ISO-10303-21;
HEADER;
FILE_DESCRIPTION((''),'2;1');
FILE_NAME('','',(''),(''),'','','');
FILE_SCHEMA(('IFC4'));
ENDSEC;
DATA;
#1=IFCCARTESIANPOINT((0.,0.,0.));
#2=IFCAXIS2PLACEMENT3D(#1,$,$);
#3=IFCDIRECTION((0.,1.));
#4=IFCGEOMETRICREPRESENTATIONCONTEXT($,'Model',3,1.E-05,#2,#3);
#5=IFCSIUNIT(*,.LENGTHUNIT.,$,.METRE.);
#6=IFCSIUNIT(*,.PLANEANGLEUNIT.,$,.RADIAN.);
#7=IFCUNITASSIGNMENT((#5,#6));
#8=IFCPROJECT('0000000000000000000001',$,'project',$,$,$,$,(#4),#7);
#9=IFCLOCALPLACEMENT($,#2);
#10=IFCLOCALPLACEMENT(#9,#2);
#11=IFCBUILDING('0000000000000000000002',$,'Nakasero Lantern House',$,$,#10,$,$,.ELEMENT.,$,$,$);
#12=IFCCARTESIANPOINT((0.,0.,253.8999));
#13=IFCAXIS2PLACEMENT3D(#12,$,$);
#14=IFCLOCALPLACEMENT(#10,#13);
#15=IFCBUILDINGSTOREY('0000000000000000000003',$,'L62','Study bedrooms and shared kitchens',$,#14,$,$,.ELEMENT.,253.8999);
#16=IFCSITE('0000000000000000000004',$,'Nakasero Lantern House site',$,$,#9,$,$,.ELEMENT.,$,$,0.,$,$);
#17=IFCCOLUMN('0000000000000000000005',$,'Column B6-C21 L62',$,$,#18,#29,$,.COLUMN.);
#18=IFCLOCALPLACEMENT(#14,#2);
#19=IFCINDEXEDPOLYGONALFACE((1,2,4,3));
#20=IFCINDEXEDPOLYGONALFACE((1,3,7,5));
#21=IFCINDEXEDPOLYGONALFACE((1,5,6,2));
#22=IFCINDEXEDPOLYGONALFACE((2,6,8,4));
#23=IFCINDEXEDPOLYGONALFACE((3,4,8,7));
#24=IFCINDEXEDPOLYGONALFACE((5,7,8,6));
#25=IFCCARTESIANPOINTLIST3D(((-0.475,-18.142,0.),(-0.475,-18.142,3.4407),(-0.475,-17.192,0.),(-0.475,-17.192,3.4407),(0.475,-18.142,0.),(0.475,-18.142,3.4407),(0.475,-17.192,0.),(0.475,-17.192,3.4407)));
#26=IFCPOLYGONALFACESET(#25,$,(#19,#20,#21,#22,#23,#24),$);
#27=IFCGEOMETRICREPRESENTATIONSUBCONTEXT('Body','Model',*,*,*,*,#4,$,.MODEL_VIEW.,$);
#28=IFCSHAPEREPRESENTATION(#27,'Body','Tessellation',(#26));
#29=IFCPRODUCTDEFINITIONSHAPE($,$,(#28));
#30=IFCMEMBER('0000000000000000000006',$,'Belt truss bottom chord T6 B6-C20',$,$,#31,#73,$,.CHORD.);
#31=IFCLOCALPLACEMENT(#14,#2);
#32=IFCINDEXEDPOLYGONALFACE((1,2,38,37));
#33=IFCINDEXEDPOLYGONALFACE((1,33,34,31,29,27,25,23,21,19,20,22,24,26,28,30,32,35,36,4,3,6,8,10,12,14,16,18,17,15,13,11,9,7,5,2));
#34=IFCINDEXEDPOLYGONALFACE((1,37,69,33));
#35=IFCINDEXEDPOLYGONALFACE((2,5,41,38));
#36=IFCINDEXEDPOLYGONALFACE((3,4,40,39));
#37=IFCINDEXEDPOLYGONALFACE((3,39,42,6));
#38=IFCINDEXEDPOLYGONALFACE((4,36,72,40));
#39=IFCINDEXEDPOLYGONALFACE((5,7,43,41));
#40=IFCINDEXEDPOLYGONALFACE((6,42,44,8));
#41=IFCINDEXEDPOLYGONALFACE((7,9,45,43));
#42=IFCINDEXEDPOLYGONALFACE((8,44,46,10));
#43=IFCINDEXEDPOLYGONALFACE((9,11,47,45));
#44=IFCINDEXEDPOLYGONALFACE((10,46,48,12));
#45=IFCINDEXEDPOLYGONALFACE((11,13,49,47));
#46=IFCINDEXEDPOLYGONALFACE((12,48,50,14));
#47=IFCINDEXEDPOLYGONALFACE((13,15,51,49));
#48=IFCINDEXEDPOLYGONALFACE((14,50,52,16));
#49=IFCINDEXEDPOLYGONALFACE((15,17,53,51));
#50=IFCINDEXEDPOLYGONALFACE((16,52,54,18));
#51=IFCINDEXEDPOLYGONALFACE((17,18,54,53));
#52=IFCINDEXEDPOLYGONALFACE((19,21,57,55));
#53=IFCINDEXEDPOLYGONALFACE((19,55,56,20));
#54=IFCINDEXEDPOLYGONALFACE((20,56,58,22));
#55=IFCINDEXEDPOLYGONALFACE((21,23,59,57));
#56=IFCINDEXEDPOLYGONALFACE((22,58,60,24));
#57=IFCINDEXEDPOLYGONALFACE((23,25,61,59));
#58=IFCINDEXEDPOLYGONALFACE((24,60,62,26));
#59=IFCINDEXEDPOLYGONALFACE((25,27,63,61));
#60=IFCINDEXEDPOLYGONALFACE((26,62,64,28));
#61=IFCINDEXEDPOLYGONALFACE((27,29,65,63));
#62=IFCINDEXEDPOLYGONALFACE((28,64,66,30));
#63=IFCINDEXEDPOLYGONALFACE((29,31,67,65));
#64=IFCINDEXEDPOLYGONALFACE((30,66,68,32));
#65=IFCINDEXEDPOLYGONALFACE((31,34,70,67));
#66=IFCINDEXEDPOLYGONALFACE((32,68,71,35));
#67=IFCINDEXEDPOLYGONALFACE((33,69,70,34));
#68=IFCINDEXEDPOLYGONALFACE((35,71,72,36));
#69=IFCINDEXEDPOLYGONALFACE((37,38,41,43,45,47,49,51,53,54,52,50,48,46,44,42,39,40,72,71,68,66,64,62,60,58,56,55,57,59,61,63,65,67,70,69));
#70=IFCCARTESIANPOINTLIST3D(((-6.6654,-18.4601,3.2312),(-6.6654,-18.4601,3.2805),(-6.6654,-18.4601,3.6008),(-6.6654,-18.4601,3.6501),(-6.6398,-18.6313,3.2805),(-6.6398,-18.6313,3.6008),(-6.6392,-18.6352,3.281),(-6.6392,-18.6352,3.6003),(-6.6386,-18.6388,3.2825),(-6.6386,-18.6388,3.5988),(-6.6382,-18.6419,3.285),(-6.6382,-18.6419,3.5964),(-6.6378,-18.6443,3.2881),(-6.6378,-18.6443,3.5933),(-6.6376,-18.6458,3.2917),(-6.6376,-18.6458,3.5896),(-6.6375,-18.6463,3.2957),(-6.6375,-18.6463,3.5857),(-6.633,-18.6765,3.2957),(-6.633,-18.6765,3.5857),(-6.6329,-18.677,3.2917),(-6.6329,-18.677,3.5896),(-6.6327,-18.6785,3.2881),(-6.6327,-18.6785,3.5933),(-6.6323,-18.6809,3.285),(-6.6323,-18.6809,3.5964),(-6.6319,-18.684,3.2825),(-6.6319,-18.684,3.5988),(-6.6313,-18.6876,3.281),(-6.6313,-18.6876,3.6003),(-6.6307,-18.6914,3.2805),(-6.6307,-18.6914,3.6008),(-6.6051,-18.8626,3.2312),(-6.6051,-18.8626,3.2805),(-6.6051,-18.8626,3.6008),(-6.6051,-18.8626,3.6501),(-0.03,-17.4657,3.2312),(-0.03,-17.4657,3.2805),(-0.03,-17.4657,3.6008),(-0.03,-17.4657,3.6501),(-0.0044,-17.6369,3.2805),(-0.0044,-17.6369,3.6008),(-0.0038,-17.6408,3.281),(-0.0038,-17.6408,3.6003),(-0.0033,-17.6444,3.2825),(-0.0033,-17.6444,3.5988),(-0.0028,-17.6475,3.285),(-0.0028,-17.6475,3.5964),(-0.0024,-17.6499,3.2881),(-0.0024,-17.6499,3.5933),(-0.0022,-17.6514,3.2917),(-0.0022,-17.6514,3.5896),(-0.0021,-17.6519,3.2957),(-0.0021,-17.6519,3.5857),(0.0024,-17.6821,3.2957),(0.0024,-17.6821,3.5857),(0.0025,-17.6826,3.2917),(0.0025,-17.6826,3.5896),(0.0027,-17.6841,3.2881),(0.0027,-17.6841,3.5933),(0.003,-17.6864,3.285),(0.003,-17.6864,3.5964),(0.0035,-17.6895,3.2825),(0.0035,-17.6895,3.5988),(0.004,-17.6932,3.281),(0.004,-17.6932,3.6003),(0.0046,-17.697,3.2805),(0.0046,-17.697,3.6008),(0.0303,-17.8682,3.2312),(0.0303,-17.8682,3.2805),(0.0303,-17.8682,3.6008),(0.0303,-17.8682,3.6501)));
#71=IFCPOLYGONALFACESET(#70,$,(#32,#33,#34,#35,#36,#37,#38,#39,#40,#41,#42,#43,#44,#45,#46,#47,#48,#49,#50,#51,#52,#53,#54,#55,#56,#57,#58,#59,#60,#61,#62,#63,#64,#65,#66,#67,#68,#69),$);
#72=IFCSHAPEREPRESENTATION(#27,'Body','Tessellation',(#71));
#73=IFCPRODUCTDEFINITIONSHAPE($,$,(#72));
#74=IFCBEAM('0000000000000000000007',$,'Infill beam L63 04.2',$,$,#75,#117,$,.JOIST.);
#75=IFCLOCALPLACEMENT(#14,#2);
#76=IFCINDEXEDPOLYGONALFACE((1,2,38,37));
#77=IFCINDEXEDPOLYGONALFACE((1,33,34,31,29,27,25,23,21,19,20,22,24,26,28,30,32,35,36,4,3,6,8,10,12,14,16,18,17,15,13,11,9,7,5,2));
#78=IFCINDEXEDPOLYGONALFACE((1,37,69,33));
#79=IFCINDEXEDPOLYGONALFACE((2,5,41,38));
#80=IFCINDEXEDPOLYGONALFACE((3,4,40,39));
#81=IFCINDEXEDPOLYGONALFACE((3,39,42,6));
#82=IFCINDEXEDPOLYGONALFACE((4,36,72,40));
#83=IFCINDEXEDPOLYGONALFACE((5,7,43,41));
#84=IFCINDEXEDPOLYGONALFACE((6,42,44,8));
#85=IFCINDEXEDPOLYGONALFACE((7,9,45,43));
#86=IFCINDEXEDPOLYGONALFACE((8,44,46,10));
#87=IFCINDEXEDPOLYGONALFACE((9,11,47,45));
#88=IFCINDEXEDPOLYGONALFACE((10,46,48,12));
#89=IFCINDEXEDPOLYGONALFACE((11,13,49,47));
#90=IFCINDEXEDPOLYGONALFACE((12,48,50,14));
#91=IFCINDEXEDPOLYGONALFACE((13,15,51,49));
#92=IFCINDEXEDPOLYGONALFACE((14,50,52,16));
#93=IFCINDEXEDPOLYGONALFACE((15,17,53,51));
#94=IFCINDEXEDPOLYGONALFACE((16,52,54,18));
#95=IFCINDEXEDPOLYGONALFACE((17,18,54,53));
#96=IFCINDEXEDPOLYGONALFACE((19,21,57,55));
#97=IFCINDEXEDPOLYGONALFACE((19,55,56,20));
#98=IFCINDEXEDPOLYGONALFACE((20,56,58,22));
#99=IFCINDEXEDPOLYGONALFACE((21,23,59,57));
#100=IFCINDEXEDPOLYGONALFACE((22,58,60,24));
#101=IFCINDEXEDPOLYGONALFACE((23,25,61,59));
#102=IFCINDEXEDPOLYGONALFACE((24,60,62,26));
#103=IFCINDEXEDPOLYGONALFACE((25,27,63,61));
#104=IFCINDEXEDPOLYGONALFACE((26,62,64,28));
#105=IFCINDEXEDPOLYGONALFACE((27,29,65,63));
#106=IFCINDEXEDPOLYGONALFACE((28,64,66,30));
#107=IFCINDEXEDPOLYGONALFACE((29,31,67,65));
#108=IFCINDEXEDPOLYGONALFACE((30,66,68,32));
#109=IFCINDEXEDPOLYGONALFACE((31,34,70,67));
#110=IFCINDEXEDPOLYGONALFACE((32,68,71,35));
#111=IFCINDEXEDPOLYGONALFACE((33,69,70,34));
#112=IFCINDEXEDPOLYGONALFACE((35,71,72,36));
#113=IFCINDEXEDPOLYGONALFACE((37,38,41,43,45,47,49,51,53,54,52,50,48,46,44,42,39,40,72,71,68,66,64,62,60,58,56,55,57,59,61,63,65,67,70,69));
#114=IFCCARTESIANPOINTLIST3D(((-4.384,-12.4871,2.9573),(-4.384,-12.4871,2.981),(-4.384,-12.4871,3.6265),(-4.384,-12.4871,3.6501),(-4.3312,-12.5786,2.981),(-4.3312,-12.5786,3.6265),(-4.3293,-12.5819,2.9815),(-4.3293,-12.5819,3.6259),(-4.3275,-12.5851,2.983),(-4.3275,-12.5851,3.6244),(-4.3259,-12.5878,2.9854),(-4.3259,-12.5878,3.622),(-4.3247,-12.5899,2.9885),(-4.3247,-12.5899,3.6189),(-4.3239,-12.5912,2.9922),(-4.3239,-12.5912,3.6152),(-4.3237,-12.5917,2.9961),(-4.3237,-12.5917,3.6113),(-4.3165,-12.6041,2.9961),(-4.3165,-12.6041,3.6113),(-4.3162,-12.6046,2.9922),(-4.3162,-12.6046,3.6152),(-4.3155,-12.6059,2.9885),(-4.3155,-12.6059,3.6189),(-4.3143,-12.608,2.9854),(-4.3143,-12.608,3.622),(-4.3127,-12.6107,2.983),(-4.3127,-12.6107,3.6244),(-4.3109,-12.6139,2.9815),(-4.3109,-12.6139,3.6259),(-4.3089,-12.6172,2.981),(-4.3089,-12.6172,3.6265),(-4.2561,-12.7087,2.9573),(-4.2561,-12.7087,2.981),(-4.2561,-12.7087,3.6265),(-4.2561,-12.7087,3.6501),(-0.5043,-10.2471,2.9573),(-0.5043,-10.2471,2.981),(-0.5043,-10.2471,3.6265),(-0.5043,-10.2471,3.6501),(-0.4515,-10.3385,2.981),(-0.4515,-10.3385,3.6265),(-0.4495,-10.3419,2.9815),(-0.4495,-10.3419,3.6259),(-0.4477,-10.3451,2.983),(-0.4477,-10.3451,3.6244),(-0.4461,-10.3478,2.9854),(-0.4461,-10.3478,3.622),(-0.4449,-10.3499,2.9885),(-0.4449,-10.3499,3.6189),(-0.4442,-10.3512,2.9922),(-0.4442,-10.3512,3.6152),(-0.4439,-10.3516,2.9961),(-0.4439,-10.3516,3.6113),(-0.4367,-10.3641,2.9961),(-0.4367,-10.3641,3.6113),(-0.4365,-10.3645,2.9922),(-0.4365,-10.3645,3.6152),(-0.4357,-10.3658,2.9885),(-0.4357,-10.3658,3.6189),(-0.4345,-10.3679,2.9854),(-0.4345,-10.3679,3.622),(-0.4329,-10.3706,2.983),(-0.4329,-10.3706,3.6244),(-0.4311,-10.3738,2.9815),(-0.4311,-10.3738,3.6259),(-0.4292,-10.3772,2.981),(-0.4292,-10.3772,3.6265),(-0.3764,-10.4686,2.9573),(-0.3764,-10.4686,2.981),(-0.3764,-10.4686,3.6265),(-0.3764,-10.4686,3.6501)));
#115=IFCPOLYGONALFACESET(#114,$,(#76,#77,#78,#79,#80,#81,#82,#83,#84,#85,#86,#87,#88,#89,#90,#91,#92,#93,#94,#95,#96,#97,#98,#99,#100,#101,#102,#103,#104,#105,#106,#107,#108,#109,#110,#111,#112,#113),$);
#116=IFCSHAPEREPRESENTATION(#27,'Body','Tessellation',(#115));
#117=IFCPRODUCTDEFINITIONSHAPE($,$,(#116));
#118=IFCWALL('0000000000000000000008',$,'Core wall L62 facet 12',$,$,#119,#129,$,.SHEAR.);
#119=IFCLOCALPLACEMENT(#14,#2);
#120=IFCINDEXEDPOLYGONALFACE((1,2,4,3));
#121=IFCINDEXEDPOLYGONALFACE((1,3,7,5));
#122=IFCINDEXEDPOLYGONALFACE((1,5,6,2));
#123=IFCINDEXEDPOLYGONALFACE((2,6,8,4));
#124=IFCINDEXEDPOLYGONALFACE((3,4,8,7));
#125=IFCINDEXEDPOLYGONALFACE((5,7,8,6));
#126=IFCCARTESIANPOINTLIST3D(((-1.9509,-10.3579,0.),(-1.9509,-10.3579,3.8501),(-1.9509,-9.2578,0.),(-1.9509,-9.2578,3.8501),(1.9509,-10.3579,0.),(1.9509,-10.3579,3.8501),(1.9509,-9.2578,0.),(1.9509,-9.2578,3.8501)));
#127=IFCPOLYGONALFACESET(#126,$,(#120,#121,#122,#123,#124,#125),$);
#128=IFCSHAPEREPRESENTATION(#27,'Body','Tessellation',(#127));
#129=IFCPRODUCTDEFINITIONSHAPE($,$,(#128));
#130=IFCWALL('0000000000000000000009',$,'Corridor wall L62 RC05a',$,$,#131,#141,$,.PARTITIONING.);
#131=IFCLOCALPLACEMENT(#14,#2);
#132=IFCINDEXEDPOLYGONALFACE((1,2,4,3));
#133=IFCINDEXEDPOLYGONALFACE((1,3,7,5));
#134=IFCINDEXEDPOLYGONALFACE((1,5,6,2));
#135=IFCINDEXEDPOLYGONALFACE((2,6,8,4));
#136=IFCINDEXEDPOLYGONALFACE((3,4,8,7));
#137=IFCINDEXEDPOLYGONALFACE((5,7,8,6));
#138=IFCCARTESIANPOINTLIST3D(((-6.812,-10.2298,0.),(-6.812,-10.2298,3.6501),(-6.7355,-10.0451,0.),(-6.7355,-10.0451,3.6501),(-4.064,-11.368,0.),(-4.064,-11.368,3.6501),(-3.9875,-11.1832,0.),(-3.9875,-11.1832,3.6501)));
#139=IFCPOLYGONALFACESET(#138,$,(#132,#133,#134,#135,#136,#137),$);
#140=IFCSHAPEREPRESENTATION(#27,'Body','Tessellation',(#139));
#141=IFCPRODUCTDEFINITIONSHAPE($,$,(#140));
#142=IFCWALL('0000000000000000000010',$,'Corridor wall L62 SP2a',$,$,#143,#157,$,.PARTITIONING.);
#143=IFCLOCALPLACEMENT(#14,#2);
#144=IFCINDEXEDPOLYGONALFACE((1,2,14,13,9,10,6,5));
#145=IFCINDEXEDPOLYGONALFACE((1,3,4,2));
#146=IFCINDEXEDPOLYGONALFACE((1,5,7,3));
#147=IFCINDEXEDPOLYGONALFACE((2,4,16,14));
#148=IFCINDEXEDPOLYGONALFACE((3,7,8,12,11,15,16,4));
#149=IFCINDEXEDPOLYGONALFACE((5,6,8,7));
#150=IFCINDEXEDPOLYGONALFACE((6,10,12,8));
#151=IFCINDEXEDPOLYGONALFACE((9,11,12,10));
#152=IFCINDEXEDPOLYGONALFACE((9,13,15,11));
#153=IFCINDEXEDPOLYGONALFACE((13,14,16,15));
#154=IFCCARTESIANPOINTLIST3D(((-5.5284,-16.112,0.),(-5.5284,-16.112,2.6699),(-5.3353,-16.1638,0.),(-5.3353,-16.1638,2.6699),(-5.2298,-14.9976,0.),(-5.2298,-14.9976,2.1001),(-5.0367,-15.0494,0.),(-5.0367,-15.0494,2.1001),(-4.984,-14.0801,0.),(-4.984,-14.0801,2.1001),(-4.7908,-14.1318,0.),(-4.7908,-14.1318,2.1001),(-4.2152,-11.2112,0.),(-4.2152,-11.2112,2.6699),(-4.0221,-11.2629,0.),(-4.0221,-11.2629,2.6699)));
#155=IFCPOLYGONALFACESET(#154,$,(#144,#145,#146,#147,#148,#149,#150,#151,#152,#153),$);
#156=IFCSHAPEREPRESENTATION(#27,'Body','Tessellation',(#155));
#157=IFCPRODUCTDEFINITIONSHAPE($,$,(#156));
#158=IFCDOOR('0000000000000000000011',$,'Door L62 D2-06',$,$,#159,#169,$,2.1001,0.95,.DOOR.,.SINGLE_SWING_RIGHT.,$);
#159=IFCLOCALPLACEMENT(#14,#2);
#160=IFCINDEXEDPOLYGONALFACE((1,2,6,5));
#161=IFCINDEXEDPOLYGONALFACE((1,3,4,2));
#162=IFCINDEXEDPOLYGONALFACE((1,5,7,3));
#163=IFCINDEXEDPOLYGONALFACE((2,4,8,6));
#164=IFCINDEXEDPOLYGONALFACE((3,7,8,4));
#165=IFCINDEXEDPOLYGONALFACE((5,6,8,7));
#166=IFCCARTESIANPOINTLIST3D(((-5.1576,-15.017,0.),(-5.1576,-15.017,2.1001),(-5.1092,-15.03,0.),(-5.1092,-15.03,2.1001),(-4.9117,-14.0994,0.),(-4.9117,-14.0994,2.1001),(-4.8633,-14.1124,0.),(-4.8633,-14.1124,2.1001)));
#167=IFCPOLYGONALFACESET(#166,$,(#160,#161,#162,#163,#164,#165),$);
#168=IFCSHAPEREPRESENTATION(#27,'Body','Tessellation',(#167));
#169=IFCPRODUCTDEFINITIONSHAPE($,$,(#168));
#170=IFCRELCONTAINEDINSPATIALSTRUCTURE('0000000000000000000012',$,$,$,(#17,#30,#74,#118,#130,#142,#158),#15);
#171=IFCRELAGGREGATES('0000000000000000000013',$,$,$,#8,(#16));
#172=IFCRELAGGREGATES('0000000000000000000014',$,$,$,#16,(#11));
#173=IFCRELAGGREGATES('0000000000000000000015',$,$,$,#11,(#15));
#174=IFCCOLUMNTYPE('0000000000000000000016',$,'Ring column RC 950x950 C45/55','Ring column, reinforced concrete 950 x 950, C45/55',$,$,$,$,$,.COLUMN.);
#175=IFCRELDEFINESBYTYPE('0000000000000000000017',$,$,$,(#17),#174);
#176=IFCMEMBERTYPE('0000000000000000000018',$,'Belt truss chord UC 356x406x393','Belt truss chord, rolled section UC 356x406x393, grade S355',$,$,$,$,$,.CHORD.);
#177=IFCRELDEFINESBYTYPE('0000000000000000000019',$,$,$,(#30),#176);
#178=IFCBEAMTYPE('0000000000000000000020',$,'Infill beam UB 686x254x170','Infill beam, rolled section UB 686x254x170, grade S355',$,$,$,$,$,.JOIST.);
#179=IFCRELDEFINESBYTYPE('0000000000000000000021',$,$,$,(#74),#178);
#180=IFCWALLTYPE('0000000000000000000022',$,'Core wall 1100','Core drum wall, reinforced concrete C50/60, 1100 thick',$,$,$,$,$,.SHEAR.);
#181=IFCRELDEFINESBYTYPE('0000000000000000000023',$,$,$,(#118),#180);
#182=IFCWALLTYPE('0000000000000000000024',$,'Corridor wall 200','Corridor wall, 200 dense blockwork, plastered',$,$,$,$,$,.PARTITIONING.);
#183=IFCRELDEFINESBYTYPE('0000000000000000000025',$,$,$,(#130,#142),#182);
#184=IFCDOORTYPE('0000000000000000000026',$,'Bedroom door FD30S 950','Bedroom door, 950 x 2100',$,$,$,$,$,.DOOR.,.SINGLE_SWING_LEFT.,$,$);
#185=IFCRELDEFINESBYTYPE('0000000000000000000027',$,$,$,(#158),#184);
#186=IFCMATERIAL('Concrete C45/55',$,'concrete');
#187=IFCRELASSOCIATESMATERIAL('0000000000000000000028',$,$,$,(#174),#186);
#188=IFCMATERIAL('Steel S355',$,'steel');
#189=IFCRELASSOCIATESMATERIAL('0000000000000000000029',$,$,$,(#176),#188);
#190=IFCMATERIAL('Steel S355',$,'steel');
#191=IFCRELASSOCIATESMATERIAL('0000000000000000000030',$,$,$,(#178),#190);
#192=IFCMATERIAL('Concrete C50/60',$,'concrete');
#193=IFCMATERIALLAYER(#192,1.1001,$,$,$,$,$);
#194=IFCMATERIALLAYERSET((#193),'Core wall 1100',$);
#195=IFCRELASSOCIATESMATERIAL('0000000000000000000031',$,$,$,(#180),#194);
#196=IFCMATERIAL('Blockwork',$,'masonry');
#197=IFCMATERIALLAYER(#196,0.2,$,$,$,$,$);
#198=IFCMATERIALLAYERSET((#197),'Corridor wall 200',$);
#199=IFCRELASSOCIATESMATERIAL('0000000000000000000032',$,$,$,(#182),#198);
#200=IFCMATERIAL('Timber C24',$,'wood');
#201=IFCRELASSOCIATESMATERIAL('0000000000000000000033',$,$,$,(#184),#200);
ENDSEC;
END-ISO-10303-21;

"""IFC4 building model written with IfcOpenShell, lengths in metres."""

from ifc_helpers import new_model, si_unit, direction, frame, frame_2d, origin, origin_2d, place, context, subcontext, project, spatial, rectangle, i_section, extrude, material, layer, layer_set, material_profile, profile_set, type_object, element, fill, save


model = new_model("IFC4")

# Units and contexts
model_context = context("Model", 3, precision=1e-05, world=origin(), true_north=direction((0.0, 1.0)))
body_context = subcontext(model_context, "Body", "Model", "MODEL_VIEW")
ifc_project = project(units=[si_unit("LENGTHUNIT", "METRE"), si_unit("PLANEANGLEUNIT", "RADIAN")], contexts=[model_context])

# Site, building, storey
site_placement = place(None, origin())
site = spatial("IfcSite", under=ifc_project, at=site_placement, Name="Nakasero Lantern House site", CompositionType="ELEMENT", RefElevation=0.0)
building_placement = place(site_placement, origin())
building = spatial("IfcBuilding", under=site, at=building_placement, Name="Nakasero Lantern House", CompositionType="ELEMENT")
storey_placement = place(building_placement, frame((0.0, 0.0, 253.8999)))
storey = spatial("IfcBuildingStorey", under=building, at=storey_placement, Name="L62", Description="Study bedrooms and shared kitchens", CompositionType="ELEMENT", Elevation=253.8999)

# Column
ifc_material_1 = material(Name="Concrete C45/55", Category="concrete")
ifc_material_profile_1 = material_profile(ifc_material_1, rectangle(XDim=0.95, YDim=0.95, at=origin_2d()), Name="RC 950x950")
ifc_profile_set_1 = profile_set([ifc_material_profile_1], Name="Concrete C45/55")
column_type = type_object("IfcColumnType", Name="Ring column RC 950x950 C45/55", Description="Ring column, reinforced concrete 950 x 950, C45/55", PredefinedType="COLUMN", material=ifc_profile_set_1)
column_placement = place(storey_placement, frame((0.0, -17.667, 0.0), z_axis=(0.0, 0.0, 1.0), x_axis=(1.0, 0.0, 0.0)))
element("IfcColumn", 1, at=column_placement, inside=storey, type_object=column_type, Name="Column B6-C21 L62", PredefinedType="COLUMN", context=body_context, shape_type="SweptSolid", body=[
    extrude(rectangle(XDim=0.95, YDim=0.95, at=origin_2d()), origin(), (0.0, 0.0, 1.0), 3.4407),
])

# Member
ifc_material_2 = material(Name="Steel S355", Category="steel")
ifc_material_profile_2 = material_profile(ifc_material_2, i_section(OverallWidth=0.407, OverallDepth=0.4189, WebThickness=0.0305, FlangeThickness=0.0493, FilletRadius=0.0151, at=origin_2d()), Name="UC 356x406x393")
ifc_profile_set_2 = profile_set([ifc_material_profile_2], Name="Steel S355")
member_type = type_object("IfcMemberType", Name="Belt truss chord UC 356x406x393", Description="Belt truss chord, rolled section UC 356x406x393, grade S355", PredefinedType="CHORD", material=ifc_profile_set_2)
member_placement = place(storey_placement, frame((-6.6353, -18.6614, 3.4407), z_axis=(0.988956, 0.148209, 0.0), x_axis=(-0.148209, 0.988956, 0.0)))
element("IfcMember", 2, at=member_placement, inside=storey, type_object=member_type, Name="Belt truss bottom chord T6 B6-C20", PredefinedType="CHORD", context=body_context, shape_type="SweptSolid", body=[
    extrude(i_section(OverallWidth=0.407, OverallDepth=0.4189, WebThickness=0.0305, FlangeThickness=0.0493, FilletRadius=0.0151, at=origin_2d()), origin(), (0.0, 0.0, 1.0), 6.7095),
])

# Beam
ifc_material_3 = material(Name="Steel S355", Category="steel")
ifc_material_profile_3 = material_profile(ifc_material_3, i_section(OverallWidth=0.2559, OverallDepth=0.6929, WebThickness=0.0144, FlangeThickness=0.0237, FilletRadius=0.0151, at=origin_2d()), Name="UB 686x254x170")
ifc_profile_set_3 = profile_set([ifc_material_profile_3], Name="Steel S355")
beam_type = type_object("IfcBeamType", Name="Infill beam UB 686x254x170", Description="Infill beam, rolled section UB 686x254x170, grade S355", PredefinedType="JOIST", material=ifc_profile_set_3)
beam_placement = place(storey_placement, frame((-4.3201, -12.5979, 3.3037), z_axis=(0.866018, 0.500013, 0.0), x_axis=(-0.500013, 0.866018, 0.0)))
element("IfcBeam", 3, at=beam_placement, inside=storey, type_object=beam_type, Name="Infill beam L63 04.2", PredefinedType="JOIST", context=body_context, shape_type="SweptSolid", body=[
    extrude(i_section(OverallWidth=0.2559, OverallDepth=0.6929, WebThickness=0.0144, FlangeThickness=0.0237, FilletRadius=0.0151, at=origin_2d()), origin(), (0.0, 0.0, 1.0), 4.48),
])

# Walls
ifc_material_4 = material(Name="Concrete C50/60", Category="concrete")
ifc_layer_1 = layer(ifc_material_4, 1.1001)
ifc_layer_set_1 = layer_set([ifc_layer_1], Name="Core wall 1100")
wall_type_1 = type_object("IfcWallType", Name="Core wall 1100", Description="Core drum wall, reinforced concrete C50/60, 1100 thick", PredefinedType="SHEAR", material=ifc_layer_set_1)
wall_1_placement = place(storey_placement, frame((-1.9509, -9.8079, 0.0), z_axis=(0.0, 0.0, 1.0), x_axis=(1.0, 0.0, 0.0)))
element("IfcWall", 4, at=wall_1_placement, inside=storey, type_object=wall_type_1, Name="Core wall L62 facet 12", PredefinedType="SHEAR", context=body_context, shape_type="SweptSolid", body=[
    extrude(rectangle(XDim=3.9019, YDim=1.1001, at=frame_2d((1.9509, 0.0))), origin(), (0.0, 0.0, 1.0), 3.8501),
])
ifc_material_5 = material(Name="Blockwork", Category="masonry")
ifc_layer_2 = layer(ifc_material_5, 0.2)
ifc_layer_set_2 = layer_set([ifc_layer_2], Name="Corridor wall 200")
wall_type_2 = type_object("IfcWallType", Name="Corridor wall 200", Description="Corridor wall, 200 dense blockwork, plastered", PredefinedType="PARTITIONING", material=ifc_layer_set_2)
wall_2_placement = place(storey_placement, frame((-4.0256, -11.2756, 0.0), z_axis=(0.0, 0.0, 1.0), x_axis=(-0.923891, 0.382656, 0.0)))
element("IfcWall", 5, at=wall_2_placement, inside=storey, type_object=wall_type_2, Name="Corridor wall L62 RC05a", PredefinedType="PARTITIONING", context=body_context, shape_type="SweptSolid", body=[
    extrude(rectangle(XDim=2.9744, YDim=0.2, at=frame_2d((1.4873, 0.0))), origin(), (0.0, 0.0, 1.0), 3.6501),
])

# Wall, opening, door
wall_3_placement = place(storey_placement, frame((-4.1187, -11.2371, 0.0), z_axis=(0.0, 0.0, 1.0), x_axis=(-0.258827, -0.965924, 0.0)))
wall_3 = element("IfcWall", 6, at=wall_3_placement, inside=storey, type_object=wall_type_2, Name="Corridor wall L62 SP2a", PredefinedType="PARTITIONING", context=body_context, shape_type="SweptSolid", body=[
    extrude(rectangle(XDim=5.0737, YDim=0.2, at=frame_2d((2.5369, 0.0))), origin(), (0.0, 0.0, 1.0), 2.6699),
])
opening_1_placement = place(wall_3_placement, frame((2.97, 0.0, 0.0)))
opening_1 = element("IfcOpeningElement", 7, at=opening_1_placement, cuts=wall_3, PredefinedType="OPENING", context=body_context, shape_type="SweptSolid", body=[
    extrude(rectangle(XDim=0.95, YDim=2.1001, at=frame_2d((0.4751, 1.05))), frame((0.0, 0.1199, 0.0), z_axis=(0.0, -1.0, 0.0), x_axis=(1.0, 0.0, 0.0)), (0.0, 0.0, 1.0), 0.24),
])
ifc_material_6 = material(Name="Timber C24", Category="wood")
door_type_1 = type_object("IfcDoorType", Name="Bedroom door FD30S 950", Description="Bedroom door, 950 x 2100", OperationType="SINGLE_SWING_LEFT", PredefinedType="DOOR", material=ifc_material_6)
door_1_placement = place(opening_1_placement, origin())
door_1 = element("IfcDoor", 8, at=door_1_placement, inside=storey, type_object=door_type_1, Name="Door L62 D2-06", OperationType="SINGLE_SWING_RIGHT", OverallHeight=2.1001, OverallWidth=0.95, PredefinedType="DOOR", context=body_context, shape_type="SweptSolid", body=[
    extrude(rectangle(XDim=0.95, YDim=2.1001, at=frame_2d((0.4751, 1.05))), frame((0.0, 0.0249, 0.0), z_axis=(0.0, -1.0, 0.0), x_axis=(1.0, 0.0, 0.0)), (0.0, 0.0, 1.0), 0.05),
])
fill(opening_1, door_1)

save(model, "model.ifc")
